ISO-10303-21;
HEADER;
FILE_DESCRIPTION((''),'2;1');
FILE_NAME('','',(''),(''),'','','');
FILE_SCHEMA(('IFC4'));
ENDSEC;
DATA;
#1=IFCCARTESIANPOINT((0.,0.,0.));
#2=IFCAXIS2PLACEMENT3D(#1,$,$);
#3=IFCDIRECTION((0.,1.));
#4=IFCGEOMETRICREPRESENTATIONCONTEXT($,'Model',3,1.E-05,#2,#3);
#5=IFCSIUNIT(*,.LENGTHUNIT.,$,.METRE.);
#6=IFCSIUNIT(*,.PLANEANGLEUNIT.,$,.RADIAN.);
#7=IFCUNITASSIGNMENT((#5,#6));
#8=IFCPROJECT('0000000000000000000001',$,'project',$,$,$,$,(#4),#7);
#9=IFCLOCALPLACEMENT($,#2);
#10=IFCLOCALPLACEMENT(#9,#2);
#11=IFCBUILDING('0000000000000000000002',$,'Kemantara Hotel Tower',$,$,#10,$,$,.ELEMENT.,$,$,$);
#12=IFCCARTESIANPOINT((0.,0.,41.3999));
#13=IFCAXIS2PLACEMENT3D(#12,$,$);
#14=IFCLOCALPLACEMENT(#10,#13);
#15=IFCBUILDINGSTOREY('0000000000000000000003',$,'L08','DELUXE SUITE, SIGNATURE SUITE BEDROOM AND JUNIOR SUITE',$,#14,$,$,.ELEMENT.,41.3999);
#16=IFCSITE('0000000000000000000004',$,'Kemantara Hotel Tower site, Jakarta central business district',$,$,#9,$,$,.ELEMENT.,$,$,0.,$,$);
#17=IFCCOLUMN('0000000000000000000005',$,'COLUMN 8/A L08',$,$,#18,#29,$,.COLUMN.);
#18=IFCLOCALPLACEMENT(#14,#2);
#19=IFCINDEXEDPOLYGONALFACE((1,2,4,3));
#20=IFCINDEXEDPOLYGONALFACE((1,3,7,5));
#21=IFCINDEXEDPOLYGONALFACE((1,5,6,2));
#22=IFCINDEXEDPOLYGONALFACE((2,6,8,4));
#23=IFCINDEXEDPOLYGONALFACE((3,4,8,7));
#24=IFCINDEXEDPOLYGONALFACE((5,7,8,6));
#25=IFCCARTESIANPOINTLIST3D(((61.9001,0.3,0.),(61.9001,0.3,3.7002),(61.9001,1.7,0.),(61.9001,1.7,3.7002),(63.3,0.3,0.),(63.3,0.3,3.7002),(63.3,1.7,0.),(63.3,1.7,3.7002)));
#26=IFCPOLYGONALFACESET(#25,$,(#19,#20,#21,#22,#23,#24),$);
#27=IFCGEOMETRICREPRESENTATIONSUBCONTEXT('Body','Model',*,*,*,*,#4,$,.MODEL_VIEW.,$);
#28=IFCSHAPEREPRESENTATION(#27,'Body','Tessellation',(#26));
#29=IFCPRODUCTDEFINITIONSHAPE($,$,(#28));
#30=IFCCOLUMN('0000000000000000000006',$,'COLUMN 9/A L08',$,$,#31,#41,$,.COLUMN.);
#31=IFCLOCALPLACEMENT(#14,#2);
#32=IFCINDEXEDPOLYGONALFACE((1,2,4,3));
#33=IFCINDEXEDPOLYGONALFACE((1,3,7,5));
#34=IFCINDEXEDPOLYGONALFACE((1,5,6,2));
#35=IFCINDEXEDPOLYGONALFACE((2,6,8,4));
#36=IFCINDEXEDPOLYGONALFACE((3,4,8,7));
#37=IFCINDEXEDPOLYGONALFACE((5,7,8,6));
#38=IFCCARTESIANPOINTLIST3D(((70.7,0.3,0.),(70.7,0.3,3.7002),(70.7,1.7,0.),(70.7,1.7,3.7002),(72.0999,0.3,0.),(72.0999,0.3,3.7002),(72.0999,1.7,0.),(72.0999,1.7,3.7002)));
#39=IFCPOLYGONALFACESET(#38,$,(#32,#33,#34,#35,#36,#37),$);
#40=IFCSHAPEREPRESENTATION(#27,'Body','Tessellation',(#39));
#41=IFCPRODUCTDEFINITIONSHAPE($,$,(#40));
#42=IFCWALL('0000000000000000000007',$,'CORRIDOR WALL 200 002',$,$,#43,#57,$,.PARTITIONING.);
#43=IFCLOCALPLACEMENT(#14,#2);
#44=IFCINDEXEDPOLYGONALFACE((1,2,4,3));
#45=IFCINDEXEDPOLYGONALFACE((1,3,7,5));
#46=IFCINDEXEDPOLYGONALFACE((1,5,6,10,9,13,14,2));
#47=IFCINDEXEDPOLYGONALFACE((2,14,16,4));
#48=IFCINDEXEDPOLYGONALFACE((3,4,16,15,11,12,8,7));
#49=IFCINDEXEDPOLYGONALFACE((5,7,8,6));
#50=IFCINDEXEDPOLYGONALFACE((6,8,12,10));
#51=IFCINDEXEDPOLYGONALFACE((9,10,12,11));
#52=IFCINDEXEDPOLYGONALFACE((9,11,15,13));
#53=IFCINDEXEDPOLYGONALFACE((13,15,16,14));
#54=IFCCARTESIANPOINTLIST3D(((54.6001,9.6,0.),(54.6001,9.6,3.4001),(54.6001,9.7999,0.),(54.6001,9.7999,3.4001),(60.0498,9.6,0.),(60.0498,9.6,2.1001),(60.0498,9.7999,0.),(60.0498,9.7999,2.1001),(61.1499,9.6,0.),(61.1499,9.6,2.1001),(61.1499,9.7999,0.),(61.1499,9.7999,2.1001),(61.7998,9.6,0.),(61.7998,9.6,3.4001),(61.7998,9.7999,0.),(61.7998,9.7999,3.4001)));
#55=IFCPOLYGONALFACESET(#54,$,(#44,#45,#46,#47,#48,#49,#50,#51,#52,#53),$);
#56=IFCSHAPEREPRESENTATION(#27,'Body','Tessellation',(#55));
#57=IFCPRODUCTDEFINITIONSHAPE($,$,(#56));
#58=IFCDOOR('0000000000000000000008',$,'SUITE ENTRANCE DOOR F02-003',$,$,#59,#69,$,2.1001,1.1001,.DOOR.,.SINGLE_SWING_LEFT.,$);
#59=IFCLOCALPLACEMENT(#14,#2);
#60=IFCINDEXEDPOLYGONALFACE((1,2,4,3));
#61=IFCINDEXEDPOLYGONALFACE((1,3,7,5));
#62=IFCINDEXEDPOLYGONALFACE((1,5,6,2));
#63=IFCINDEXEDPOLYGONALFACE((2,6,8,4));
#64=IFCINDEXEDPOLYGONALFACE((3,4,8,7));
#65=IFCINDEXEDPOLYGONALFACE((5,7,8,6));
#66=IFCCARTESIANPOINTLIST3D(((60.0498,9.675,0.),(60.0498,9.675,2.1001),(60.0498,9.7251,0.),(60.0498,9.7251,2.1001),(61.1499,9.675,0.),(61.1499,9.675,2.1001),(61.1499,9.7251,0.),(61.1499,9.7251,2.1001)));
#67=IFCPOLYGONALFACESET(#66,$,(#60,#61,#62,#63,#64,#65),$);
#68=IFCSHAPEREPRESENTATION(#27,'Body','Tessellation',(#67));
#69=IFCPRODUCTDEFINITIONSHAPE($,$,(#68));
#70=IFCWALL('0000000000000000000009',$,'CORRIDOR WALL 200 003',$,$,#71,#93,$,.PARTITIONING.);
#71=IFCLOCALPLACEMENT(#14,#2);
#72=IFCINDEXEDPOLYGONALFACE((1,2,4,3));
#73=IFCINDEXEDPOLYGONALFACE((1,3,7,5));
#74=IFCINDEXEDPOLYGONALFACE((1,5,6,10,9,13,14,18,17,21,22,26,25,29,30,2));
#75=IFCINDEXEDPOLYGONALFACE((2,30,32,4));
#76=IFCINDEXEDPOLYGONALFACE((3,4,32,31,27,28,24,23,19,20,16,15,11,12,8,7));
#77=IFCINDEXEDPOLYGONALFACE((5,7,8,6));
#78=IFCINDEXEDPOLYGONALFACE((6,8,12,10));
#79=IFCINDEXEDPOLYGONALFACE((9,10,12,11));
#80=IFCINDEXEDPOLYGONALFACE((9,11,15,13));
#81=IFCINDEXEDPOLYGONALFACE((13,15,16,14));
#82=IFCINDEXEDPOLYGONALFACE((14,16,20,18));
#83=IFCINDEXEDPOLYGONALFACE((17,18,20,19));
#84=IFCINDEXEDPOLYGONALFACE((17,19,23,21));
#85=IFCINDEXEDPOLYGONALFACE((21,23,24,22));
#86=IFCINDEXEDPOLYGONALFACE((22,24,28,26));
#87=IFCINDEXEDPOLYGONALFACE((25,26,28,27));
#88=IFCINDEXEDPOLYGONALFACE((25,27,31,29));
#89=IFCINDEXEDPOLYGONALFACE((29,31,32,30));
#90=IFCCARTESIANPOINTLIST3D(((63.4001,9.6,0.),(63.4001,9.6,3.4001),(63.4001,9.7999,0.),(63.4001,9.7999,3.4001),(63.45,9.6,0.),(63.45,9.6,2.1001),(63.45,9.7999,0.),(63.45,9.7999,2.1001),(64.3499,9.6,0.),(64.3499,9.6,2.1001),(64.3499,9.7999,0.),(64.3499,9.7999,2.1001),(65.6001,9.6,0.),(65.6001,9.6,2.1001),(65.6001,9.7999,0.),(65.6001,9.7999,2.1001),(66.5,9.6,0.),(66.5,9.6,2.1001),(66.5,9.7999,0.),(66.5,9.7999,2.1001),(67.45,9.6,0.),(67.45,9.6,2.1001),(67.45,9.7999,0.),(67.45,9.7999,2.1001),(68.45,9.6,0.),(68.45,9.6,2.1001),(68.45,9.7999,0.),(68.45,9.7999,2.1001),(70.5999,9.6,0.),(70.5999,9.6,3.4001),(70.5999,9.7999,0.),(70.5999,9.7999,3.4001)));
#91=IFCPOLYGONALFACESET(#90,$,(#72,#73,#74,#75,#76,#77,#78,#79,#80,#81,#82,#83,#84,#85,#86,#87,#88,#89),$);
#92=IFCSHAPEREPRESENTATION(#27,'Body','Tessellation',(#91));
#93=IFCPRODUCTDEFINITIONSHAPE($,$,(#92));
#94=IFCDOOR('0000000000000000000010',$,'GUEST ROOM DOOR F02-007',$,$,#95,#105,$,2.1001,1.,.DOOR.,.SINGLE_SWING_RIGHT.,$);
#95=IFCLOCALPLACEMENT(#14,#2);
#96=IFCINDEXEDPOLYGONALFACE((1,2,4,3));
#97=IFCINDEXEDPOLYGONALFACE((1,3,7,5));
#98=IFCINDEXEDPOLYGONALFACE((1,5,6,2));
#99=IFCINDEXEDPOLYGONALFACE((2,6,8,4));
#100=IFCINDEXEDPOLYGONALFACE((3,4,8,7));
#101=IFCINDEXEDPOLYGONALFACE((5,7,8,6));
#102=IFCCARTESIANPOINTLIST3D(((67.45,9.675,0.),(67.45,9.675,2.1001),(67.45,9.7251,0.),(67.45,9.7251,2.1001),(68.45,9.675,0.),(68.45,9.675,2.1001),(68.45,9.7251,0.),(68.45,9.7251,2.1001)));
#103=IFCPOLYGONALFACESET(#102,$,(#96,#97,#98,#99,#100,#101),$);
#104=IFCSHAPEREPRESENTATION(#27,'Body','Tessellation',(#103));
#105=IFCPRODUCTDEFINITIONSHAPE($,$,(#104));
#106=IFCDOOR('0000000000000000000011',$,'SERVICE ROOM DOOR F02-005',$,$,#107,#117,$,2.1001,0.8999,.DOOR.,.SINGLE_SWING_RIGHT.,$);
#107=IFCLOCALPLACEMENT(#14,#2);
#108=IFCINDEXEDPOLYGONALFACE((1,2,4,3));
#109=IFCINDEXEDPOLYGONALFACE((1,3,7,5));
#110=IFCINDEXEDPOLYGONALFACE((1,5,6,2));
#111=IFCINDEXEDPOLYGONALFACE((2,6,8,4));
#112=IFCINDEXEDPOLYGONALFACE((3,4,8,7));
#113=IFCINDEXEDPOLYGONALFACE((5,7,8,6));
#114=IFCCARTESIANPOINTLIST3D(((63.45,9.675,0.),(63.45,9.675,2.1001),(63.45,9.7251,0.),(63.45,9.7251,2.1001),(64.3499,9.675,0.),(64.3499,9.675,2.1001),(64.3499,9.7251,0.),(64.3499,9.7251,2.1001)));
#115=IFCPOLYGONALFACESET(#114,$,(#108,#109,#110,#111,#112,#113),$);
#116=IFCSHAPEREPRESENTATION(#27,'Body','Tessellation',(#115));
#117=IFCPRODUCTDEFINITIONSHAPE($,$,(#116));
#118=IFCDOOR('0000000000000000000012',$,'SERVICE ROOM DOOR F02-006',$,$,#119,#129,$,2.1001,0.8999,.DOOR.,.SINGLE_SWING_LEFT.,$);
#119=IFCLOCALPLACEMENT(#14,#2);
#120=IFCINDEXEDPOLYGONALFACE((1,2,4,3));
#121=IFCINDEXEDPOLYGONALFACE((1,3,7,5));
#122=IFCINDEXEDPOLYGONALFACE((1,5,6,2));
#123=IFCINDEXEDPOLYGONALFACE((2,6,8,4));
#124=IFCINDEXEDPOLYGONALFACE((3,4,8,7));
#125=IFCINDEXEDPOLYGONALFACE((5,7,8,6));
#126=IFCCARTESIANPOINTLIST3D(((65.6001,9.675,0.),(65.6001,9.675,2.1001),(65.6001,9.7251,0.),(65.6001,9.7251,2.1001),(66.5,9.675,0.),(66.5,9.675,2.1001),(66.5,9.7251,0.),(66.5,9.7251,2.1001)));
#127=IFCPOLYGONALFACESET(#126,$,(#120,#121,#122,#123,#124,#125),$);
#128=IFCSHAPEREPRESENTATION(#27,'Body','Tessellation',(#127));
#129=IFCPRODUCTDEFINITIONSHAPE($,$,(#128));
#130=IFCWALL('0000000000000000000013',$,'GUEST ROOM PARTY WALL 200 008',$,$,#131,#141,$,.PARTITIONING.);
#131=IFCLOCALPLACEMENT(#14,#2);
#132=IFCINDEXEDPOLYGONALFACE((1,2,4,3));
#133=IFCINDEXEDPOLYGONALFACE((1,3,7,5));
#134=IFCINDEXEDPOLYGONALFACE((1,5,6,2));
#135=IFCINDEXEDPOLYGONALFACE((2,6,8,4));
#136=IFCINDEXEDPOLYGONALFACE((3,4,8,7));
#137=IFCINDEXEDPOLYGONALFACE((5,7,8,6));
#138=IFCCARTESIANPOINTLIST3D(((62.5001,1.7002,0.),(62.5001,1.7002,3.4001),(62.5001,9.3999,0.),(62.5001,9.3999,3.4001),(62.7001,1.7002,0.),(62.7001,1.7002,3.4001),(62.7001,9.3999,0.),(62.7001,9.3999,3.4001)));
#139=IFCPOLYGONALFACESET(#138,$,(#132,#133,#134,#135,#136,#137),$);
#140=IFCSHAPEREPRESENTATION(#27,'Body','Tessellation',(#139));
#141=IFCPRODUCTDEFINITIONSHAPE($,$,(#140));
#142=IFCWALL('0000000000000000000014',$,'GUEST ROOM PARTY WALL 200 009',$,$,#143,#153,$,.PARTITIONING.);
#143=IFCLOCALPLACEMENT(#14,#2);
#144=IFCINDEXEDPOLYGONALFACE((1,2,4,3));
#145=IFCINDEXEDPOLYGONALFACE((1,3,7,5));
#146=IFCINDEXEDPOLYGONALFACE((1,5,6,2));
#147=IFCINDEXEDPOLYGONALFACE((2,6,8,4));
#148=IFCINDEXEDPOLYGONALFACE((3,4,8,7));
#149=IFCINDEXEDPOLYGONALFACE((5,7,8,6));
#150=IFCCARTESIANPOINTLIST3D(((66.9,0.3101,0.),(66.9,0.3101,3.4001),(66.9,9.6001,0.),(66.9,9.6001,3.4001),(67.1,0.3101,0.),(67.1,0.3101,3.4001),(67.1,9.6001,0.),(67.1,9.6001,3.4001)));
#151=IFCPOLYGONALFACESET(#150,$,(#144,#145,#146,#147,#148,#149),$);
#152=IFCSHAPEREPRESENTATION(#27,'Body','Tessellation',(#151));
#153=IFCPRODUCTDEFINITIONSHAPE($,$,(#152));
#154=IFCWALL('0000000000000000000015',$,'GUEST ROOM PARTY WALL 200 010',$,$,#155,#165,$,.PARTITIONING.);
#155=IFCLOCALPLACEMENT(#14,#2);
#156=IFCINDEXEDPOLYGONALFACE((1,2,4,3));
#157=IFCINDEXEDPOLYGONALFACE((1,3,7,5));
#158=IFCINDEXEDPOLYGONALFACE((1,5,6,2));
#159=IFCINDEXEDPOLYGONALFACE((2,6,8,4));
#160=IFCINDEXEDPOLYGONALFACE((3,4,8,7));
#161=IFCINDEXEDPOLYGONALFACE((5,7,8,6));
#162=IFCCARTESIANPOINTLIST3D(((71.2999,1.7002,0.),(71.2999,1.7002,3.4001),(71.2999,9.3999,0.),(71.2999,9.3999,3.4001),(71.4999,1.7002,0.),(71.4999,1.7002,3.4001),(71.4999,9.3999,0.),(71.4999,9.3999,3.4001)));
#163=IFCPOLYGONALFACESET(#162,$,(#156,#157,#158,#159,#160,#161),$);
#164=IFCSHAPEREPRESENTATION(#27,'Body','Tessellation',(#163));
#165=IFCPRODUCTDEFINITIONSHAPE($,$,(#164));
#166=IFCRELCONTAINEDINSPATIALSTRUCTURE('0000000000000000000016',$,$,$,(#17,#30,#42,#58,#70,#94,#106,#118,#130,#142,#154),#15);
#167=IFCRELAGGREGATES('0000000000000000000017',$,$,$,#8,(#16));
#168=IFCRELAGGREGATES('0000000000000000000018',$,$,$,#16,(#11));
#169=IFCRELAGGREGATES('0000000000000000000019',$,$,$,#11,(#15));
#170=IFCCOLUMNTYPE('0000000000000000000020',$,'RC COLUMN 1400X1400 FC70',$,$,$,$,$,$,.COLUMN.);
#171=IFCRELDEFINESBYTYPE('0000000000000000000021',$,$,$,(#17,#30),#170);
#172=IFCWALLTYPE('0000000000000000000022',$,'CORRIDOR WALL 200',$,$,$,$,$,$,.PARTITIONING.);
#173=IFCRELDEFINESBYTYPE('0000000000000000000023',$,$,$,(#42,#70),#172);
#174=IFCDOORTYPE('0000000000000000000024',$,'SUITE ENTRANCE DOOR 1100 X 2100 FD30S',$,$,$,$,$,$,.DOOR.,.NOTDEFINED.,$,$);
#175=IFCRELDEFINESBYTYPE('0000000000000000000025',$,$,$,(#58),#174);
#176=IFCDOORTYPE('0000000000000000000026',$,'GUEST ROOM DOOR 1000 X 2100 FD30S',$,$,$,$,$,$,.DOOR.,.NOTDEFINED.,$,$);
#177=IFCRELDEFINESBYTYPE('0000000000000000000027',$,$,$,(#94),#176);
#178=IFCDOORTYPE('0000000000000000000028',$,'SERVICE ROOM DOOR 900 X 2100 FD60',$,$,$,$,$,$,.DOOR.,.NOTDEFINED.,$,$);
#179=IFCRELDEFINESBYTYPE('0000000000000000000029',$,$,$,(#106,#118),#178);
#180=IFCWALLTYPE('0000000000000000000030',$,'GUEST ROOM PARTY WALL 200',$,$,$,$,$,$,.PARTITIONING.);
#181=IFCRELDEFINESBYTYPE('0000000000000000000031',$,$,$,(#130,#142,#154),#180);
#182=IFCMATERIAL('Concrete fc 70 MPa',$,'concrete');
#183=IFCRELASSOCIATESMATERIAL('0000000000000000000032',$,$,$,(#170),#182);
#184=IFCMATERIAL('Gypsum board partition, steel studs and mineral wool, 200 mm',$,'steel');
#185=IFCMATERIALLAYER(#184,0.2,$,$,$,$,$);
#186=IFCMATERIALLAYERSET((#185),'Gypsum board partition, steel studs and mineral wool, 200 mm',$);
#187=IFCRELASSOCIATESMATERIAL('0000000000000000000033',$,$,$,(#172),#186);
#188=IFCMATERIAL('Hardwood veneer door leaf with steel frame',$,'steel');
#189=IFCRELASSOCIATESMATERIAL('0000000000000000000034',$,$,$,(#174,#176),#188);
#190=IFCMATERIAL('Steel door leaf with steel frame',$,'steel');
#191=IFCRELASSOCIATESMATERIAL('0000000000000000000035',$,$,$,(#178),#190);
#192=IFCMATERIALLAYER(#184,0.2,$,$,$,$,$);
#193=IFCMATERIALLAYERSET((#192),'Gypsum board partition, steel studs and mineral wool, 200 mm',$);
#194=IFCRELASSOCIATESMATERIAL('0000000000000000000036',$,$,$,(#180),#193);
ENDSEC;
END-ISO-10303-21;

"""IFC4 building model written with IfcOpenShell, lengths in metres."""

from ifc_helpers import new_model, si_unit, direction, frame, frame_2d, origin, origin_2d, place, context, subcontext, project, spatial, rectangle, extrude, material, layer, layer_set, material_profile, profile_set, type_object, element, fill, save


model = new_model("IFC4")

# Units and contexts
model_context = context("Model", 3, precision=1e-05, world=origin(), true_north=direction((0.0, 1.0)))
body_context = subcontext(model_context, "Body", "Model", "MODEL_VIEW")
ifc_project = project(units=[si_unit("LENGTHUNIT", "METRE"), si_unit("PLANEANGLEUNIT", "RADIAN")], contexts=[model_context])

# Site, building, storey
site_placement = place(None, origin())
site = spatial("IfcSite", under=ifc_project, at=site_placement, Name="Kemantara Hotel Tower site, Jakarta central business district", CompositionType="ELEMENT", RefElevation=0.0)
building_placement = place(site_placement, origin())
building = spatial("IfcBuilding", under=site, at=building_placement, Name="Kemantara Hotel Tower", CompositionType="ELEMENT")
storey_placement = place(building_placement, frame((0.0, 0.0, 41.3999)))
storey = spatial("IfcBuildingStorey", under=building, at=storey_placement, Name="L08", Description="DELUXE SUITE, SIGNATURE SUITE BEDROOM AND JUNIOR SUITE", CompositionType="ELEMENT", Elevation=41.3999)

# Columns
ifc_material_1 = material(Name="Concrete fc 70 MPa", Category="concrete")
ifc_material_profile = material_profile(ifc_material_1, rectangle(XDim=1.3999, YDim=1.3999, at=origin_2d()), Name="RC 1400X1400")
ifc_profile_set = profile_set([ifc_material_profile], Name="Concrete fc 70 MPa")
column_type = type_object("IfcColumnType", Name="RC COLUMN 1400X1400 FC70", PredefinedType="COLUMN", material=ifc_profile_set)
for number, where, z_axis, x_axis, name in (
    (1, (62.6001, 1.0, 0.0), (0.0, 0.0, 1.0), (1.0, 0.0, 0.0), "COLUMN 8/A L08"),
    (2, (71.3999, 1.0, 0.0), (0.0, 0.0, 1.0), (1.0, 0.0, 0.0), "COLUMN 9/A L08"),
):
    element("IfcColumn", number, at=place(storey_placement, frame(where, z_axis=z_axis, x_axis=x_axis)), inside=storey, type_object=column_type, Name=name, PredefinedType="COLUMN", context=body_context, shape_type="SweptSolid", body=[
        extrude(rectangle(XDim=1.3999, YDim=1.3999, at=origin_2d()), origin(), (0.0, 0.0, 1.0), 3.7002),
    ])

# Wall, opening, door
ifc_material_2 = material(Name="Gypsum board partition, steel studs and mineral wool, 200 mm", Category="steel")
ifc_layer_1 = layer(ifc_material_2, 0.2)
ifc_layer_set_1 = layer_set([ifc_layer_1], Name="Gypsum board partition, steel studs and mineral wool, 200 mm")
wall_type_1 = type_object("IfcWallType", Name="CORRIDOR WALL 200", PredefinedType="PARTITIONING", material=ifc_layer_set_1)
wall_1_placement = place(storey_placement, frame((61.7998, 9.7, 0.0), z_axis=(0.0, 0.0, 1.0), x_axis=(-1.0, 0.0, 0.0)))
wall_1 = element("IfcWall", 3, at=wall_1_placement, inside=storey, type_object=wall_type_1, Name="CORRIDOR WALL 200 002", PredefinedType="PARTITIONING", context=body_context, shape_type="SweptSolid", body=[
    extrude(rectangle(XDim=7.1997, YDim=0.2, at=frame_2d((3.5999, 0.0))), origin(), (0.0, 0.0, 1.0), 3.4001),
])
opening_1_placement = place(wall_1_placement, frame((0.6499, 0.0, 0.0)))
opening_1 = element("IfcOpeningElement", 4, at=opening_1_placement, cuts=wall_1, PredefinedType="OPENING", context=body_context, shape_type="SweptSolid", body=[
    extrude(rectangle(XDim=1.1001, YDim=2.1001, at=frame_2d((0.55, 1.05))), frame((0.0, 0.1099, 0.0), z_axis=(0.0, -1.0, 0.0), x_axis=(1.0, 0.0, 0.0)), (0.0, 0.0, 1.0), 0.22),
])
ifc_material_3 = material(Name="Hardwood veneer door leaf with steel frame", Category="steel")
door_type_1 = type_object("IfcDoorType", Name="SUITE ENTRANCE DOOR 1100 X 2100 FD30S", OperationType="NOTDEFINED", PredefinedType="DOOR", material=ifc_material_3)
door_1_placement = place(opening_1_placement, origin())
door_1 = element("IfcDoor", 5, at=door_1_placement, inside=storey, type_object=door_type_1, Name="SUITE ENTRANCE DOOR F02-003", OperationType="SINGLE_SWING_LEFT", OverallHeight=2.1001, OverallWidth=1.1001, PredefinedType="DOOR", context=body_context, shape_type="SweptSolid", body=[
    extrude(rectangle(XDim=1.1001, YDim=2.1001, at=frame_2d((0.55, 1.05))), frame((0.0, 0.0249, 0.0), z_axis=(0.0, -1.0, 0.0), x_axis=(1.0, 0.0, 0.0)), (0.0, 0.0, 1.0), 0.05),
])
fill(opening_1, door_1)

# Wall, openings, doors
wall_2_placement = place(storey_placement, frame((70.5999, 9.7, 0.0), z_axis=(0.0, 0.0, 1.0), x_axis=(-1.0, 0.0, 0.0)))
wall_2 = element("IfcWall", 6, at=wall_2_placement, inside=storey, type_object=wall_type_1, Name="CORRIDOR WALL 200 003", PredefinedType="PARTITIONING", context=body_context, shape_type="SweptSolid", body=[
    extrude(rectangle(XDim=7.1997, YDim=0.2, at=frame_2d((3.5999, 0.0))), origin(), (0.0, 0.0, 1.0), 3.4001),
])
opening_2_placement = place(wall_2_placement, frame((6.25, 0.0, 0.0)))
opening_2 = element("IfcOpeningElement", 7, at=opening_2_placement, cuts=wall_2, PredefinedType="OPENING", context=body_context, shape_type="SweptSolid", body=[
    extrude(rectangle(XDim=0.8999, YDim=2.1001, at=frame_2d((0.45, 1.05))), frame((0.0, 0.1099, 0.0), z_axis=(0.0, -1.0, 0.0), x_axis=(1.0, 0.0, 0.0)), (0.0, 0.0, 1.0), 0.22),
])
opening_3_placement = place(wall_2_placement, frame((4.0999, 0.0, 0.0)))
opening_3 = element("IfcOpeningElement", 8, at=opening_3_placement, cuts=wall_2, PredefinedType="OPENING", context=body_context, shape_type="SweptSolid", body=[
    extrude(rectangle(XDim=0.8999, YDim=2.1001, at=frame_2d((0.45, 1.05))), frame((0.0, 0.1099, 0.0), z_axis=(0.0, -1.0, 0.0), x_axis=(1.0, 0.0, 0.0)), (0.0, 0.0, 1.0), 0.22),
])
opening_4_placement = place(wall_2_placement, frame((2.1499, 0.0, 0.0)))
opening_4 = element("IfcOpeningElement", 9, at=opening_4_placement, cuts=wall_2, PredefinedType="OPENING", context=body_context, shape_type="SweptSolid", body=[
    extrude(rectangle(XDim=1.0, YDim=2.1001, at=frame_2d((0.5, 1.05))), frame((0.0, 0.1099, 0.0), z_axis=(0.0, -1.0, 0.0), x_axis=(1.0, 0.0, 0.0)), (0.0, 0.0, 1.0), 0.22),
])
door_type_2 = type_object("IfcDoorType", Name="GUEST ROOM DOOR 1000 X 2100 FD30S", OperationType="NOTDEFINED", PredefinedType="DOOR", material=ifc_material_3)
door_2_placement = place(opening_4_placement, origin())
door_2 = element("IfcDoor", 10, at=door_2_placement, inside=storey, type_object=door_type_2, Name="GUEST ROOM DOOR F02-007", OperationType="SINGLE_SWING_RIGHT", OverallHeight=2.1001, OverallWidth=1.0, PredefinedType="DOOR", context=body_context, shape_type="SweptSolid", body=[
    extrude(rectangle(XDim=1.0, YDim=2.1001, at=frame_2d((0.5, 1.05))), frame((0.0, 0.0249, 0.0), z_axis=(0.0, -1.0, 0.0), x_axis=(1.0, 0.0, 0.0)), (0.0, 0.0, 1.0), 0.05),
])
fill(opening_4, door_2)
ifc_material_4 = material(Name="Steel door leaf with steel frame", Category="steel")
door_type_3 = type_object("IfcDoorType", Name="SERVICE ROOM DOOR 900 X 2100 FD60", OperationType="NOTDEFINED", PredefinedType="DOOR", material=ifc_material_4)
door_3_placement = place(opening_2_placement, origin())
door_3 = element("IfcDoor", 11, at=door_3_placement, inside=storey, type_object=door_type_3, Name="SERVICE ROOM DOOR F02-005", OperationType="SINGLE_SWING_RIGHT", OverallHeight=2.1001, OverallWidth=0.8999, PredefinedType="DOOR", context=body_context, shape_type="SweptSolid", body=[
    extrude(rectangle(XDim=0.8999, YDim=2.1001, at=frame_2d((0.45, 1.05))), frame((0.0, 0.0249, 0.0), z_axis=(0.0, -1.0, 0.0), x_axis=(1.0, 0.0, 0.0)), (0.0, 0.0, 1.0), 0.05),
])
fill(opening_2, door_3)
door_4_placement = place(opening_3_placement, origin())
door_4 = element("IfcDoor", 12, at=door_4_placement, inside=storey, type_object=door_type_3, Name="SERVICE ROOM DOOR F02-006", OperationType="SINGLE_SWING_LEFT", OverallHeight=2.1001, OverallWidth=0.8999, PredefinedType="DOOR", context=body_context, shape_type="SweptSolid", body=[
    extrude(rectangle(XDim=0.8999, YDim=2.1001, at=frame_2d((0.45, 1.05))), frame((0.0, 0.0249, 0.0), z_axis=(0.0, -1.0, 0.0), x_axis=(1.0, 0.0, 0.0)), (0.0, 0.0, 1.0), 0.05),
])
fill(opening_3, door_4)

# Walls
ifc_layer_2 = layer(ifc_material_2, 0.2)
ifc_layer_set_2 = layer_set([ifc_layer_2], Name="Gypsum board partition, steel studs and mineral wool, 200 mm")
wall_type_2 = type_object("IfcWallType", Name="GUEST ROOM PARTY WALL 200", PredefinedType="PARTITIONING", material=ifc_layer_set_2)
wall_3_placement = place(storey_placement, frame((62.6001, 1.7002, 0.0), z_axis=(0.0, 0.0, 1.0), x_axis=(0.0, 1.0, 0.0)))
element("IfcWall", 13, at=wall_3_placement, inside=storey, type_object=wall_type_2, Name="GUEST ROOM PARTY WALL 200 008", PredefinedType="PARTITIONING", context=body_context, shape_type="SweptSolid", body=[
    extrude(rectangle(XDim=7.6997, YDim=0.2, at=frame_2d((3.8499, 0.0))), origin(), (0.0, 0.0, 1.0), 3.4001),
])
wall_4_placement = place(storey_placement, frame((67.0, 0.3101, 0.0), z_axis=(0.0, 0.0, 1.0), x_axis=(0.0, 1.0, 0.0)))
element("IfcWall", 14, at=wall_4_placement, inside=storey, type_object=wall_type_2, Name="GUEST ROOM PARTY WALL 200 009", PredefinedType="PARTITIONING", context=body_context, shape_type="SweptSolid", body=[
    extrude(rectangle(XDim=9.29, YDim=0.2, at=frame_2d((4.645, 0.0))), origin(), (0.0, 0.0, 1.0), 3.4001),
])
wall_5_placement = place(storey_placement, frame((71.3999, 1.7002, 0.0), z_axis=(0.0, 0.0, 1.0), x_axis=(0.0, 1.0, 0.0)))
element("IfcWall", 15, at=wall_5_placement, inside=storey, type_object=wall_type_2, Name="GUEST ROOM PARTY WALL 200 010", PredefinedType="PARTITIONING", context=body_context, shape_type="SweptSolid", body=[
    extrude(rectangle(XDim=7.6997, YDim=0.2, at=frame_2d((3.8499, 0.0))), origin(), (0.0, 0.0, 1.0), 3.4001),
])

save(model, "model.ifc")
